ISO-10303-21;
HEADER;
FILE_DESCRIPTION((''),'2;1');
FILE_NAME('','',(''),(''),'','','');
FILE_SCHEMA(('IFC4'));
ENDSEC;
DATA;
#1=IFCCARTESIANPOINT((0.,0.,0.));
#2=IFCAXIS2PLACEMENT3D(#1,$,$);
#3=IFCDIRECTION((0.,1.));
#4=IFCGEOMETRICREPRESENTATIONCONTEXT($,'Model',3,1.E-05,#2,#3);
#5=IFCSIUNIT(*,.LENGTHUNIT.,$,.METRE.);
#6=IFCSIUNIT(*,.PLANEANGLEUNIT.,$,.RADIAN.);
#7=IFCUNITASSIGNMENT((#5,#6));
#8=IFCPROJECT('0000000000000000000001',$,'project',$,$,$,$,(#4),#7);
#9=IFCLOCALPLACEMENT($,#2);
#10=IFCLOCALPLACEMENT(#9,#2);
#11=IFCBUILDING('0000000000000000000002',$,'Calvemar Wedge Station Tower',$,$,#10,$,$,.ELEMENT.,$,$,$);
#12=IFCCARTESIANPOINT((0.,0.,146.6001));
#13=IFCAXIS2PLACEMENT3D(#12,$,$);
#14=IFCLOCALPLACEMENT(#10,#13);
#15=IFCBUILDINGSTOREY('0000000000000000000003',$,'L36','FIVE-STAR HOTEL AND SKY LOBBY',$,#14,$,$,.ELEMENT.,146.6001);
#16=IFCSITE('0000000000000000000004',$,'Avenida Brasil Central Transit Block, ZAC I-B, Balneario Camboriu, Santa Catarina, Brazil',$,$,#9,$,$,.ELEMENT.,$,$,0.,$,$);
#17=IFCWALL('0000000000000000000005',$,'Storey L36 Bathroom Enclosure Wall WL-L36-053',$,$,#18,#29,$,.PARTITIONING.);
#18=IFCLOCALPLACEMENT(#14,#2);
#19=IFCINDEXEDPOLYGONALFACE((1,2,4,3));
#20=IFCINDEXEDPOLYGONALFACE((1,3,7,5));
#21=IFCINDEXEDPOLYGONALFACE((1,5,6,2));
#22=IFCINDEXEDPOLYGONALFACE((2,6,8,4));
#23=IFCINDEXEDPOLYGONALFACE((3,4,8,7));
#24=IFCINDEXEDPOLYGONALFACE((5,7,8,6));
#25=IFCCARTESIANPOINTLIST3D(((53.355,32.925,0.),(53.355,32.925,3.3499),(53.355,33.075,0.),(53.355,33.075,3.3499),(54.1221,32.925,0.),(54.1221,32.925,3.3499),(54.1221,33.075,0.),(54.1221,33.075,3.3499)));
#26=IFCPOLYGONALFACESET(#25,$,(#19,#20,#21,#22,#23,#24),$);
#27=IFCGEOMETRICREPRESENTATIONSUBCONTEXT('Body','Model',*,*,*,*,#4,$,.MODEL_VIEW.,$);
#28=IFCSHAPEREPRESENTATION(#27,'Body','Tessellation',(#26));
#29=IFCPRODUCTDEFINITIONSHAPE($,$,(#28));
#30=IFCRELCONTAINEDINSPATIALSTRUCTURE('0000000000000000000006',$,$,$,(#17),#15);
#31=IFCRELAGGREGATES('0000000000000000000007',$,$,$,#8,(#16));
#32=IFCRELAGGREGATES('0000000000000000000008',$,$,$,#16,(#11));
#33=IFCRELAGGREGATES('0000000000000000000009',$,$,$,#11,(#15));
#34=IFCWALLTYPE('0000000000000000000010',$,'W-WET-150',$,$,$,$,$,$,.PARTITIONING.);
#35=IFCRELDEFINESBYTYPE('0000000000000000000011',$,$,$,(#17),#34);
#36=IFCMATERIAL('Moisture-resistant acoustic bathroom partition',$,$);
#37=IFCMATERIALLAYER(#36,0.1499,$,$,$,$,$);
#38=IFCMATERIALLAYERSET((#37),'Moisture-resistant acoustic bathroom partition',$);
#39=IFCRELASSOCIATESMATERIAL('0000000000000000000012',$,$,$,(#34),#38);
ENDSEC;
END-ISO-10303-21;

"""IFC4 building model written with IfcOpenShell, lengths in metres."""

from ifc_helpers import new_model, si_unit, direction, frame, frame_2d, origin, place, context, subcontext, project, spatial, rectangle, extrude, material, layer, layer_set, type_object, element, save


model = new_model("IFC4")

# Units and contexts
model_context = context("Model", 3, precision=1e-05, world=origin(), true_north=direction((0.0, 1.0)))
body_context = subcontext(model_context, "Body", "Model", "MODEL_VIEW")
ifc_project = project(units=[si_unit("LENGTHUNIT", "METRE"), si_unit("PLANEANGLEUNIT", "RADIAN")], contexts=[model_context])

# Site, building, storey
site_placement = place(None, origin())
site = spatial("IfcSite", under=ifc_project, at=site_placement, Name="Avenida Brasil Central Transit Block, ZAC I-B, Balneario Camboriu, Santa Catarina, Brazil", CompositionType="ELEMENT", RefElevation=0.0)
building_placement = place(site_placement, origin())
building = spatial("IfcBuilding", under=site, at=building_placement, Name="Calvemar Wedge Station Tower", CompositionType="ELEMENT")
storey_placement = place(building_placement, frame((0.0, 0.0, 146.6001)))
storey = spatial("IfcBuildingStorey", under=building, at=storey_placement, Name="L36", Description="FIVE-STAR HOTEL AND SKY LOBBY", CompositionType="ELEMENT", Elevation=146.6001)

# Shared definitions
ifc_material_1 = material(Name="Moisture-resistant acoustic bathroom partition")
ifc_layer_1 = layer(ifc_material_1, 0.1499)
ifc_layer_set_1 = layer_set([ifc_layer_1], Name="Moisture-resistant acoustic bathroom partition")
wall_type_1 = type_object("IfcWallType", Name="W-WET-150", PredefinedType="PARTITIONING", material=ifc_layer_set_1)

# Wall
wall_1_placement = place(storey_placement, frame((54.1221, 33.0, 0.0), z_axis=(0.0, 0.0, 1.0), x_axis=(-1.0, 0.0, 0.0)))
element("IfcWall", 1, at=wall_1_placement, inside=storey, type_object=wall_type_1, Name="Storey L36 Bathroom Enclosure Wall WL-L36-053", PredefinedType="PARTITIONING", context=body_context, shape_type="SweptSolid", body=[
    extrude(rectangle(XDim=0.7671, YDim=0.1499, at=frame_2d((0.3835, 0.0))), origin(), (0.0, 0.0, 1.0), 3.3499),
])

save(model, "model.ifc")
